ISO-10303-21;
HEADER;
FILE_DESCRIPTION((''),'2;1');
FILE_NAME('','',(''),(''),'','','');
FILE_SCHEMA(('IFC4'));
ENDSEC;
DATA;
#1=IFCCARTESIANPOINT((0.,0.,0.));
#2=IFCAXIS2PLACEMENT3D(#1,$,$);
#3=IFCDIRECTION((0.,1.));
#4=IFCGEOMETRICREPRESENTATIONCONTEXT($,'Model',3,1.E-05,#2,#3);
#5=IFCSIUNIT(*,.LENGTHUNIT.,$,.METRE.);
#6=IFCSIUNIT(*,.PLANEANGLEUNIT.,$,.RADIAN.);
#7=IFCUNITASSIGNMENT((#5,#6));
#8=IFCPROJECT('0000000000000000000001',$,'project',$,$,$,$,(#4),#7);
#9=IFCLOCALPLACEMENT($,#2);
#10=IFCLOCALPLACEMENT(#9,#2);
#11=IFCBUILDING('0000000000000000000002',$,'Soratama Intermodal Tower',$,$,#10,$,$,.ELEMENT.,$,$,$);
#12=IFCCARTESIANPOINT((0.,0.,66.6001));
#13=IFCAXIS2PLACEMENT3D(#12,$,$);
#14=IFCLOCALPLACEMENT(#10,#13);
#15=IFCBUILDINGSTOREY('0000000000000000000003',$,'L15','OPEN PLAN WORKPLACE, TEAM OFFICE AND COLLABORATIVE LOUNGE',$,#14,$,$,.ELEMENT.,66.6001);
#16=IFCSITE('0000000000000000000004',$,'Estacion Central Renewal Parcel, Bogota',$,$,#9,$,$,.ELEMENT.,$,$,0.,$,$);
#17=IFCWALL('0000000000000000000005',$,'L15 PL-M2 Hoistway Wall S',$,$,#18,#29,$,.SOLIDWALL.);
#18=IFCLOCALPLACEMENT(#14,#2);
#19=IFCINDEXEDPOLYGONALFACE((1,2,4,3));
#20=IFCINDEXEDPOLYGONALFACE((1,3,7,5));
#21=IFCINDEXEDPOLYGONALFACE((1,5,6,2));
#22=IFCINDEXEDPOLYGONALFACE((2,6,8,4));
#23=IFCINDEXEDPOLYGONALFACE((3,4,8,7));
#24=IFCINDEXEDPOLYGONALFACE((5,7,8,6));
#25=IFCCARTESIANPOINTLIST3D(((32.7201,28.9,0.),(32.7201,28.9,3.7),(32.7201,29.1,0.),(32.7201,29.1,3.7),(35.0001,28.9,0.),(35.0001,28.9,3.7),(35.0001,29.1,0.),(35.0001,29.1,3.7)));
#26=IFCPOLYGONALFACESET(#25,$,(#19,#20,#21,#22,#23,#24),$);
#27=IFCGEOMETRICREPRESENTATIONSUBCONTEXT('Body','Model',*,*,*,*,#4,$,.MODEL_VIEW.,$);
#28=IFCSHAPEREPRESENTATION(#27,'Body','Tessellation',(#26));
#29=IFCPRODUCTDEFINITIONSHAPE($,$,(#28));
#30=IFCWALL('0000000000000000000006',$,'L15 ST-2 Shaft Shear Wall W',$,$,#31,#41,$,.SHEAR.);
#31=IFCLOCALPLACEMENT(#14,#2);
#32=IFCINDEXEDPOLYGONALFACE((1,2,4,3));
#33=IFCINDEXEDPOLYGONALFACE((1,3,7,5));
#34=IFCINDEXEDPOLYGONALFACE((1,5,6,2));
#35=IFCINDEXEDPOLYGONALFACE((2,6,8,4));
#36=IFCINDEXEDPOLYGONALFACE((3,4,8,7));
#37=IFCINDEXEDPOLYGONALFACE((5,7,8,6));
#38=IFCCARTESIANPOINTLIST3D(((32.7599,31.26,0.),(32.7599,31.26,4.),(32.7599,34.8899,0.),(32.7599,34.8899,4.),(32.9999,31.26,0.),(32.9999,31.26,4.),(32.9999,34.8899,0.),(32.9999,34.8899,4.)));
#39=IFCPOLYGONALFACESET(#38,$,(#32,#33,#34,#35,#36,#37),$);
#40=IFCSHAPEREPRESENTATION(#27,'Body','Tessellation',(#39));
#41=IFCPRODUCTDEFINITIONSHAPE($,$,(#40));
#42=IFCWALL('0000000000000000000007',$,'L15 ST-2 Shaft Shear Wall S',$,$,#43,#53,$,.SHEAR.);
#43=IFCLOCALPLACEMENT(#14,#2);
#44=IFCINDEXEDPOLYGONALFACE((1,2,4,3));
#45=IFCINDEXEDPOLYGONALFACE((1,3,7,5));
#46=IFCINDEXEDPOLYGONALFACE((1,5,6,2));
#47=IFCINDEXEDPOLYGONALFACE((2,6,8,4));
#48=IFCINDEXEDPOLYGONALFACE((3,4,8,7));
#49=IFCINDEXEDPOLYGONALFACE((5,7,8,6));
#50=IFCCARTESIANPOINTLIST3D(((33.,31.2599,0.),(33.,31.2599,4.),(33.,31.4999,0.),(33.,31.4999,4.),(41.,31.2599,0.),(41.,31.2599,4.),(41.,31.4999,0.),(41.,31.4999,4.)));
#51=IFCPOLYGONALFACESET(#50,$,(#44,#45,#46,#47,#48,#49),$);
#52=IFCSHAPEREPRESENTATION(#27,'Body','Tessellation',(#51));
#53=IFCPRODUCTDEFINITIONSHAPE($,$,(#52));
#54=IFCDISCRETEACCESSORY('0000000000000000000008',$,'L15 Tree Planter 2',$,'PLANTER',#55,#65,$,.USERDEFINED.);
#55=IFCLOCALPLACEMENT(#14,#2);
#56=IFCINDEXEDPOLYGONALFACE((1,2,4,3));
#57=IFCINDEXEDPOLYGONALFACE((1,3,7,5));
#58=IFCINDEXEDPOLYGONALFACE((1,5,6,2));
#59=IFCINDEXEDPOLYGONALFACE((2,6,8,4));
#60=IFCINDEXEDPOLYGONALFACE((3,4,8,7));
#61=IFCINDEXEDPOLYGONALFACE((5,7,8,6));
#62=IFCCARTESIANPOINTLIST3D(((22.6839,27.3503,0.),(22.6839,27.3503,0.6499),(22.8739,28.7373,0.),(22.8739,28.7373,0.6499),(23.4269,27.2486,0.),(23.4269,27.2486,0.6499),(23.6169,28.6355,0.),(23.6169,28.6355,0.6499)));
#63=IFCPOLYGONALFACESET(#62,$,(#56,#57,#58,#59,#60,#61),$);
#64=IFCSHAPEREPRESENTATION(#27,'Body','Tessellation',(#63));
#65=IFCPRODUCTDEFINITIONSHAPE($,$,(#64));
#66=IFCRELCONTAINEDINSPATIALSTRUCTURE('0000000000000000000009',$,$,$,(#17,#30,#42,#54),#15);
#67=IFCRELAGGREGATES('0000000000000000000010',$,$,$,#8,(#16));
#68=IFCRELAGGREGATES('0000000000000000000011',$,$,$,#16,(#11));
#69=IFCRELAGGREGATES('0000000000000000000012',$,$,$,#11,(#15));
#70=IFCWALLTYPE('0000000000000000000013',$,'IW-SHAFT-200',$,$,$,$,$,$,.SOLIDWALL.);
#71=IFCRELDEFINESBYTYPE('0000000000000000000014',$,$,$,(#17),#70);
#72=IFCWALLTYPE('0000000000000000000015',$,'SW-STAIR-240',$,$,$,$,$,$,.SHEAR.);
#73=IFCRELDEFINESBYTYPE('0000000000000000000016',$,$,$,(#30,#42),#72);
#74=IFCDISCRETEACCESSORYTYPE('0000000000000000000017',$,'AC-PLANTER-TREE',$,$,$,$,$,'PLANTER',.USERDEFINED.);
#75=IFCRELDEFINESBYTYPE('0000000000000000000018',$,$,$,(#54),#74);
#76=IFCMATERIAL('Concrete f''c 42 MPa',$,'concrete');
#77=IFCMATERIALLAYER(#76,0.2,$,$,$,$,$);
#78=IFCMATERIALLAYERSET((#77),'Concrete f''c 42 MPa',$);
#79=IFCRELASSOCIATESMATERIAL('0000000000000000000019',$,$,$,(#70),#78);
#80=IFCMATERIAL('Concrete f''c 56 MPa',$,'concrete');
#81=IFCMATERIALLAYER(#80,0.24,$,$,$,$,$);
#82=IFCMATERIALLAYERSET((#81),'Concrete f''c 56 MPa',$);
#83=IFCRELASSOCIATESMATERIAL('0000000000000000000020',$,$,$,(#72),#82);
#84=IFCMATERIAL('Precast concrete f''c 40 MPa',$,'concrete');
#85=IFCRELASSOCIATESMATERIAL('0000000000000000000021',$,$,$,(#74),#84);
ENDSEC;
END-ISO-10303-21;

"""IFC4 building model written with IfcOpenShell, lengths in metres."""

from ifc_helpers import new_model, si_unit, direction, frame, frame_2d, origin, origin_2d, place, context, subcontext, project, spatial, rectangle, extrude, material, layer, layer_set, type_object, element, save


model = new_model("IFC4")

# Units and contexts
model_context = context("Model", 3, precision=1e-05, world=origin(), true_north=direction((0.0, 1.0)))
body_context = subcontext(model_context, "Body", "Model", "MODEL_VIEW")
ifc_project = project(units=[si_unit("LENGTHUNIT", "METRE"), si_unit("PLANEANGLEUNIT", "RADIAN")], contexts=[model_context])

# Site, building, storey
site_placement = place(None, origin())
site = spatial("IfcSite", under=ifc_project, at=site_placement, Name="Estacion Central Renewal Parcel, Bogota", CompositionType="ELEMENT", RefElevation=0.0)
building_placement = place(site_placement, origin())
building = spatial("IfcBuilding", under=site, at=building_placement, Name="Soratama Intermodal Tower", CompositionType="ELEMENT")
storey_placement = place(building_placement, frame((0.0, 0.0, 66.6001)))
storey = spatial("IfcBuildingStorey", under=building, at=storey_placement, Name="L15", Description="OPEN PLAN WORKPLACE, TEAM OFFICE AND COLLABORATIVE LOUNGE", CompositionType="ELEMENT", Elevation=66.6001)

# Shared definitions
ifc_material_1 = material(Name="Concrete f'c 42 MPa", Category="concrete")
ifc_layer_1 = layer(ifc_material_1, 0.2)
ifc_layer_set_1 = layer_set([ifc_layer_1], Name="Concrete f'c 42 MPa")
wall_type_1 = type_object("IfcWallType", Name="IW-SHAFT-200", PredefinedType="SOLIDWALL", material=ifc_layer_set_1)

# Walls
wall_1_placement = place(storey_placement, frame((32.72, 29.0, 0.0), z_axis=(0.0, 0.0, 1.0), x_axis=(1.0, 0.0, 0.0)))
element("IfcWall", 1, at=wall_1_placement, inside=storey, type_object=wall_type_1, Name="L15 PL-M2 Hoistway Wall S", PredefinedType="SOLIDWALL", context=body_context, shape_type="SweptSolid", body=[
    extrude(rectangle(XDim=2.28, YDim=0.2, at=frame_2d((1.1401, 0.0))), origin(), (0.0, 0.0, 1.0), 3.7),
])
ifc_material_2 = material(Name="Concrete f'c 56 MPa", Category="concrete")
ifc_layer_2 = layer(ifc_material_2, 0.24)
ifc_layer_set_2 = layer_set([ifc_layer_2], Name="Concrete f'c 56 MPa")
wall_type_2 = type_object("IfcWallType", Name="SW-STAIR-240", PredefinedType="SHEAR", material=ifc_layer_set_2)
wall_2_placement = place(storey_placement, frame((32.8799, 31.26, 0.0), z_axis=(0.0, 0.0, 1.0), x_axis=(0.0, 1.0, 0.0)))
element("IfcWall", 2, at=wall_2_placement, inside=storey, type_object=wall_type_2, Name="L15 ST-2 Shaft Shear Wall W", PredefinedType="SHEAR", context=body_context, shape_type="SweptSolid", body=[
    extrude(rectangle(XDim=3.6299, YDim=0.24, at=frame_2d((1.8149, 0.0))), origin(), (0.0, 0.0, 1.0), 4.0),
])
wall_3_placement = place(storey_placement, frame((33.0, 31.3799, 0.0), z_axis=(0.0, 0.0, 1.0), x_axis=(1.0, 0.0, 0.0)))
element("IfcWall", 3, at=wall_3_placement, inside=storey, type_object=wall_type_2, Name="L15 ST-2 Shaft Shear Wall S", PredefinedType="SHEAR", context=body_context, shape_type="SweptSolid", body=[
    extrude(rectangle(XDim=8.0, YDim=0.24, at=frame_2d((4.0, 0.0))), origin(), (0.0, 0.0, 1.0), 4.0),
])

# Discrete accessory
ifc_material_3 = material(Name="Precast concrete f'c 40 MPa", Category="concrete")
discrete_accessory_type = type_object("IfcDiscreteAccessoryType", Name="AC-PLANTER-TREE", ElementType="PLANTER", PredefinedType="USERDEFINED", material=ifc_material_3)
discrete_accessory_placement = place(storey_placement, frame((23.1504, 27.9929, 0.0), z_axis=(0.0, 0.0, 1.0), x_axis=(-0.990748, 0.135716, 0.0)))
element("IfcDiscreteAccessory", 4, at=discrete_accessory_placement, inside=storey, type_object=discrete_accessory_type, Name="L15 Tree Planter 2", ObjectType="PLANTER", PredefinedType="USERDEFINED", context=body_context, shape_type="SweptSolid", body=[
    extrude(rectangle(XDim=0.75, YDim=1.3999, at=origin_2d()), origin(), (0.0, 0.0, 1.0), 0.6499),
])

save(model, "model.ifc")
